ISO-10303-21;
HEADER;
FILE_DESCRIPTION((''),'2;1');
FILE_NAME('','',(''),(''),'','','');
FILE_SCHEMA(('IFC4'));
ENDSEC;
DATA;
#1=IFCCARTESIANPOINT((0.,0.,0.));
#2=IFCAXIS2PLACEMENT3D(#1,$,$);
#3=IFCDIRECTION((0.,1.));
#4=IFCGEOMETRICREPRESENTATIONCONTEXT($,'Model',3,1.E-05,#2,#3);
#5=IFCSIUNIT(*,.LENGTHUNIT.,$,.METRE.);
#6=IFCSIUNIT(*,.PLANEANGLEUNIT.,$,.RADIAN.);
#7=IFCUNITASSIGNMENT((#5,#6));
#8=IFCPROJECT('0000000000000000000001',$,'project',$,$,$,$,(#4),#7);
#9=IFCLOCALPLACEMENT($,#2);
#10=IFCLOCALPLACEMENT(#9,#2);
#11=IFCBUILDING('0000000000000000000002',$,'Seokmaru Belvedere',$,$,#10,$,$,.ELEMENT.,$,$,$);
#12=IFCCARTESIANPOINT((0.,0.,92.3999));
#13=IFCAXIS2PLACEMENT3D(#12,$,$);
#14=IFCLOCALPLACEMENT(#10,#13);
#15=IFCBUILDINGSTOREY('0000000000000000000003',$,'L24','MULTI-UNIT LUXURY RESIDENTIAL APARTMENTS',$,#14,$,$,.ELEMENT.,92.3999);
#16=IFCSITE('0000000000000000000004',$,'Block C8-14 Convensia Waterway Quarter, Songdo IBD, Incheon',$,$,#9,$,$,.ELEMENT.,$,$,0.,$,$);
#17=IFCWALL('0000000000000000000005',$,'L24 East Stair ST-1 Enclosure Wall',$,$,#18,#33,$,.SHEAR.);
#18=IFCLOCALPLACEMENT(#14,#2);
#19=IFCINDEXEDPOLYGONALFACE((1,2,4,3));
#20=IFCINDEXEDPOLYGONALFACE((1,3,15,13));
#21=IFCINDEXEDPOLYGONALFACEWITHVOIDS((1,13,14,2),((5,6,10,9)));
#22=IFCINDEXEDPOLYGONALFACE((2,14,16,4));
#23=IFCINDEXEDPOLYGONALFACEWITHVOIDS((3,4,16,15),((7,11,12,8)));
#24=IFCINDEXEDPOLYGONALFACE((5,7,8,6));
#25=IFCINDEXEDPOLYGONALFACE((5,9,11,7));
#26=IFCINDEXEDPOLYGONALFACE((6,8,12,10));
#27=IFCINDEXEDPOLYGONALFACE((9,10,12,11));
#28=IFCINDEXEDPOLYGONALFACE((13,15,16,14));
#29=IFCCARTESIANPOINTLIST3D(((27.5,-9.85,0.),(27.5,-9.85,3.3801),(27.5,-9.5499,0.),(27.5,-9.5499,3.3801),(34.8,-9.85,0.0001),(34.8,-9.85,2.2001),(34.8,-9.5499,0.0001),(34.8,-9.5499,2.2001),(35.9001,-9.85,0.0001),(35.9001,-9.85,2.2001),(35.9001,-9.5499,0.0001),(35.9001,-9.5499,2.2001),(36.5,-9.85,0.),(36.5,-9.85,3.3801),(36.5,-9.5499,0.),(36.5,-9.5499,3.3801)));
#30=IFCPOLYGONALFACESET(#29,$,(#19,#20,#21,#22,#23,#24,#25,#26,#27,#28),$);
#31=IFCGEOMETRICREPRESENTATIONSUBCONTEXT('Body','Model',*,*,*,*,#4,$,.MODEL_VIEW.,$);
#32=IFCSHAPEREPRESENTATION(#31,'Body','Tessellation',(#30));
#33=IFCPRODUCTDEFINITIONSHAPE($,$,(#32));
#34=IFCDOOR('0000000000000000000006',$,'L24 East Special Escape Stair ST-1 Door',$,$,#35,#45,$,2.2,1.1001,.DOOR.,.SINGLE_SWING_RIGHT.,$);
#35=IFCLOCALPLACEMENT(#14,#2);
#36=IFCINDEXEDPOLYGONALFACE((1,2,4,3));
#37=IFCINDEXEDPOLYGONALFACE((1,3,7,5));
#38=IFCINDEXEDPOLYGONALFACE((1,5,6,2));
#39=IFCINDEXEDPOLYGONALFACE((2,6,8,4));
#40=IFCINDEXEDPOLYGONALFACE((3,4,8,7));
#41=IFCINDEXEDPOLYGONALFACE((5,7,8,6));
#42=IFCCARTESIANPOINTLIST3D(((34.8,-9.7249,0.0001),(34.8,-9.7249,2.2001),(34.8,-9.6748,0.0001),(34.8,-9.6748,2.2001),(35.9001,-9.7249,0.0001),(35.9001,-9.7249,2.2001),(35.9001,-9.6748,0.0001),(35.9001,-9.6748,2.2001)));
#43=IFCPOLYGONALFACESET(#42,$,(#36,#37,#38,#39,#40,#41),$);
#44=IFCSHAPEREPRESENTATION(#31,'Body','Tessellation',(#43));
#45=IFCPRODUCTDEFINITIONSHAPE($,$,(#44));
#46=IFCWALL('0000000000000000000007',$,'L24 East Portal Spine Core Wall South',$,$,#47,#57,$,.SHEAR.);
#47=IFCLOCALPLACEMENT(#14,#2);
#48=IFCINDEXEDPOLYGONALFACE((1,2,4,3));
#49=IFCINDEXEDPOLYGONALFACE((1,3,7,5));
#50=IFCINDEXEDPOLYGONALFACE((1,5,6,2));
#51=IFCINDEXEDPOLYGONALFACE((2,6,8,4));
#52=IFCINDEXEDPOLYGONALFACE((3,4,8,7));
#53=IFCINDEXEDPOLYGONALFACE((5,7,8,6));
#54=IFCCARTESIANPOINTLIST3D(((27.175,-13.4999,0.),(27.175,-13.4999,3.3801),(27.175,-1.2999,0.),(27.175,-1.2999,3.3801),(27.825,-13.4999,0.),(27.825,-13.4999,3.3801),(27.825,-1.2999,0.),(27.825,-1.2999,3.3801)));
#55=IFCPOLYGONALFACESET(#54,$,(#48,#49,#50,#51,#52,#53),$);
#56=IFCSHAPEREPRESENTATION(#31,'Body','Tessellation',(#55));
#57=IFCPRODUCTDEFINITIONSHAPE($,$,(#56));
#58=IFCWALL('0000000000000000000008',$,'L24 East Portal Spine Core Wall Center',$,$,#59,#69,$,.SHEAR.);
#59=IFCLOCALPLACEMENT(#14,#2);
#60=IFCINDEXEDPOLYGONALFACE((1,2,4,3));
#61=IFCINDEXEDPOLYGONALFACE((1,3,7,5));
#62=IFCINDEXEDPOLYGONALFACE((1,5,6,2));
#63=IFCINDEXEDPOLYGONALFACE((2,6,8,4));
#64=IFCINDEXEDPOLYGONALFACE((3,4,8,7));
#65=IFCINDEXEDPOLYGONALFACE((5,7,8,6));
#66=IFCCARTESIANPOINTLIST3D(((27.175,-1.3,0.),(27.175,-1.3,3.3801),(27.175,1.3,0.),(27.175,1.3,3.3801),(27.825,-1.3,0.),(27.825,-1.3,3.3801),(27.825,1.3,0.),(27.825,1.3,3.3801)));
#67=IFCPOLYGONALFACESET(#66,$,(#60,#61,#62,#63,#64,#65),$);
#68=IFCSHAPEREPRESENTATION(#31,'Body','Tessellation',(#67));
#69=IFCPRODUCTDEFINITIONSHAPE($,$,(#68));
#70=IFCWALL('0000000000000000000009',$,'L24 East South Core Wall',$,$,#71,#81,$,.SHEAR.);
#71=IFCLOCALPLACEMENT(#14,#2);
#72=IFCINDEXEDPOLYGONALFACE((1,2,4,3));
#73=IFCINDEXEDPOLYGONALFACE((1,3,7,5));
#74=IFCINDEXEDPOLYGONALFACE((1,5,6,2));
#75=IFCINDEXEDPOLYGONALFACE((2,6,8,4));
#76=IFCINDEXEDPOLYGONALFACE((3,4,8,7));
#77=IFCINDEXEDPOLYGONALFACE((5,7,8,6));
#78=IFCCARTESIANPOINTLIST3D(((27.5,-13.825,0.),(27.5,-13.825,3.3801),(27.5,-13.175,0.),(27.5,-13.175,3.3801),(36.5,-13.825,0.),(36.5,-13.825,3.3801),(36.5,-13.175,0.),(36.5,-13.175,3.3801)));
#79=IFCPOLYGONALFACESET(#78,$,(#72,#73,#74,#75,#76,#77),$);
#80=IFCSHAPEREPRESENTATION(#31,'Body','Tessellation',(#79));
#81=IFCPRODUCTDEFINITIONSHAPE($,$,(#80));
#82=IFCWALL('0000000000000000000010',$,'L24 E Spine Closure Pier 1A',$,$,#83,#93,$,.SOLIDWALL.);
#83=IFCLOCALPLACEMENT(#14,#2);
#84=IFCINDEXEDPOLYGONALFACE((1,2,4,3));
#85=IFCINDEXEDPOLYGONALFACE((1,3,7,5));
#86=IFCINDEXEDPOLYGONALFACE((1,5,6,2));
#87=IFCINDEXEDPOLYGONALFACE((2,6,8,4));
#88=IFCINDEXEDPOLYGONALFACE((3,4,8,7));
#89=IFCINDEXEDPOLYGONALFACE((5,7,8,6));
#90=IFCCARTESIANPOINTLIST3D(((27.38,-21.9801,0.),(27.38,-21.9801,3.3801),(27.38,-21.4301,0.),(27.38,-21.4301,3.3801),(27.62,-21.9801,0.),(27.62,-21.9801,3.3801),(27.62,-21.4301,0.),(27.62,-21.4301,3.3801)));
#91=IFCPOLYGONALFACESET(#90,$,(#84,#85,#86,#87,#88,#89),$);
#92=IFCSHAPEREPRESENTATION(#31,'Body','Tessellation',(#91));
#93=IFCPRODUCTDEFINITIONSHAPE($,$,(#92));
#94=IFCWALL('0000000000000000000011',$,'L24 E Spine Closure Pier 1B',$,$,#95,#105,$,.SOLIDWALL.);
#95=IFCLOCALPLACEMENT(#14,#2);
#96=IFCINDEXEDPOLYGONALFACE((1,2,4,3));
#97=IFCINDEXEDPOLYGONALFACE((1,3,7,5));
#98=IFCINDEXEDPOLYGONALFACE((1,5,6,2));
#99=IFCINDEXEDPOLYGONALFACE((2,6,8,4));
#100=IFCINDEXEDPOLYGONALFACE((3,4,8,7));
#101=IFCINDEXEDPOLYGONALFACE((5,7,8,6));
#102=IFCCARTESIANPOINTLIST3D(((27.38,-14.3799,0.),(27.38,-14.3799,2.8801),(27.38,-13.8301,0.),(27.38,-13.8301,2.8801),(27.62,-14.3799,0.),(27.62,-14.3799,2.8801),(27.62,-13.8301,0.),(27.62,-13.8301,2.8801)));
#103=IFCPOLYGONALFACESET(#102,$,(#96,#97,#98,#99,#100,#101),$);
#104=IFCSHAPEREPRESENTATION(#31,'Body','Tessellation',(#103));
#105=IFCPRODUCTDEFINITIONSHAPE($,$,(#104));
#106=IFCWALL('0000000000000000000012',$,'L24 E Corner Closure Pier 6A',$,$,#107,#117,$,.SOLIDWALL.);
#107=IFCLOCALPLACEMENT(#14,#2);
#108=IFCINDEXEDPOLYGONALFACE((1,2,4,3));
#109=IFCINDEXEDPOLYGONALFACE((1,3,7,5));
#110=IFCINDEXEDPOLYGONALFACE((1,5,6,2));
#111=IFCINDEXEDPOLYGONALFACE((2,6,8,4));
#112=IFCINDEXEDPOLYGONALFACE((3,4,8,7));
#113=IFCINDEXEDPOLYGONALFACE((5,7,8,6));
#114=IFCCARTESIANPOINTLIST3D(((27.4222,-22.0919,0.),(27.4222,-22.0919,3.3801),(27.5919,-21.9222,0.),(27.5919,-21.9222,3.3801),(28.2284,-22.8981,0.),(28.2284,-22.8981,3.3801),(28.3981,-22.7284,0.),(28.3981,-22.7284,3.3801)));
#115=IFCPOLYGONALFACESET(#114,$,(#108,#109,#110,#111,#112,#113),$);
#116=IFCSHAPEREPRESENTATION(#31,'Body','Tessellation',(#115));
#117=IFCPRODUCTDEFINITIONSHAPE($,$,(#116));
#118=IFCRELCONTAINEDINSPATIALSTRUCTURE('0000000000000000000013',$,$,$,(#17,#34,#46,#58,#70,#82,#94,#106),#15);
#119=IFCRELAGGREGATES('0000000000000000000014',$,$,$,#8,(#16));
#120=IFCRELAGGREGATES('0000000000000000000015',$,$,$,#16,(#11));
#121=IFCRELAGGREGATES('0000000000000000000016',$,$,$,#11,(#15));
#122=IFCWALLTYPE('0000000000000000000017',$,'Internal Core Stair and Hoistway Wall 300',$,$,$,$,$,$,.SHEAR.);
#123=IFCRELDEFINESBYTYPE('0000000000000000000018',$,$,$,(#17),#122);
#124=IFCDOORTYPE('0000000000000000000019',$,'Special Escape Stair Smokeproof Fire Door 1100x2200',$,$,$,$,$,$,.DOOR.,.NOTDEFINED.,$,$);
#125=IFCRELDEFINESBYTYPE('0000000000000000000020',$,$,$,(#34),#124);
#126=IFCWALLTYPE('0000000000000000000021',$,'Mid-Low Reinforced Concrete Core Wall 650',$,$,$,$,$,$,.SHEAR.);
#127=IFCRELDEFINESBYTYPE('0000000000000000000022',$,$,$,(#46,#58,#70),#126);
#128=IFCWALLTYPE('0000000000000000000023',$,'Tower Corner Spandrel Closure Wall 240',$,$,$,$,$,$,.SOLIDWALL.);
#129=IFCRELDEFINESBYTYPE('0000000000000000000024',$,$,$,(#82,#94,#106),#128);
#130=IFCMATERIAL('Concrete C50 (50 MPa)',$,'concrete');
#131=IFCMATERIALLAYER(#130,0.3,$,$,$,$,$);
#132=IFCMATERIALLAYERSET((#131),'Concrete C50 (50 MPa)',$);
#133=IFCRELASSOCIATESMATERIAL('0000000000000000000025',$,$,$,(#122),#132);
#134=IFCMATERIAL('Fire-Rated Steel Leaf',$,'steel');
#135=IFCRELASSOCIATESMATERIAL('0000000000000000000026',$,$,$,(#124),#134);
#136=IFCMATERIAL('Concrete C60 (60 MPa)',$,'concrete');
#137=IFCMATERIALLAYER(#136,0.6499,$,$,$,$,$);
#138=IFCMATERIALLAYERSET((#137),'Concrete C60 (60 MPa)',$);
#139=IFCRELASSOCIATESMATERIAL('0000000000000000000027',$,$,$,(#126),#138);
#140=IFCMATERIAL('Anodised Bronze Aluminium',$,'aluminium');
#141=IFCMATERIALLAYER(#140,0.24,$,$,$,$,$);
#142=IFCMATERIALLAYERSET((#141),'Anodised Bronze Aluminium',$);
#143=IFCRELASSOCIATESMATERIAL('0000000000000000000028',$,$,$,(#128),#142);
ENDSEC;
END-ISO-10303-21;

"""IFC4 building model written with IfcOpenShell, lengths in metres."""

from ifc_helpers import new_model, si_unit, direction, frame, frame_2d, origin, place, context, subcontext, project, spatial, rectangle, extrude, source, transform, mapped, material, layer, layer_set, type_object, type_shapes, element, fill, save


model = new_model("IFC4")

# Units and contexts
model_context = context("Model", 3, precision=1e-05, world=origin(), true_north=direction((0.0, 1.0)))
body_context = subcontext(model_context, "Body", "Model", "MODEL_VIEW")
ifc_project = project(units=[si_unit("LENGTHUNIT", "METRE"), si_unit("PLANEANGLEUNIT", "RADIAN")], contexts=[model_context])

# Site, building, storey
site_placement = place(None, origin())
site = spatial("IfcSite", under=ifc_project, at=site_placement, Name="Block C8-14 Convensia Waterway Quarter, Songdo IBD, Incheon", CompositionType="ELEMENT", RefElevation=0.0)
building_placement = place(site_placement, origin())
building = spatial("IfcBuilding", under=site, at=building_placement, Name="Seokmaru Belvedere", CompositionType="ELEMENT")
storey_placement = place(building_placement, frame((0.0, 0.0, 92.3999)))
storey = spatial("IfcBuildingStorey", under=building, at=storey_placement, Name="L24", Description="MULTI-UNIT LUXURY RESIDENTIAL APARTMENTS", CompositionType="ELEMENT", Elevation=92.3999)

# Shared definitions
ifc_material_1 = material(Name="Anodised Bronze Aluminium", Category="aluminium")

# Shared definitions
ifc_material_2 = material(Name="Concrete C50 (50 MPa)", Category="concrete")

# Wall, opening, door
ifc_layer_1 = layer(ifc_material_2, 0.3)
ifc_layer_set_1 = layer_set([ifc_layer_1], Name="Concrete C50 (50 MPa)")
wall_type_1 = type_object("IfcWallType", Name="Internal Core Stair and Hoistway Wall 300", PredefinedType="SHEAR", material=ifc_layer_set_1)
wall_1_placement = place(storey_placement, frame((27.5, -9.7, 0.0), z_axis=(0.0, 0.0, 1.0), x_axis=(1.0, 0.0, 0.0)))
wall_1 = element("IfcWall", 1, at=wall_1_placement, inside=storey, type_object=wall_type_1, Name="L24 East Stair ST-1 Enclosure Wall", PredefinedType="SHEAR", context=body_context, shape_type="SweptSolid", body=[
    extrude(rectangle(XDim=9.0, YDim=0.3, at=frame_2d((4.5, 0.0))), origin(), (0.0, 0.0, 1.0), 3.3801),
])
opening_placement = place(wall_1_placement, frame((7.3, 0.0, 0.0)))
opening = element("IfcOpeningElement", 2, at=opening_placement, cuts=wall_1, PredefinedType="OPENING", context=body_context, shape_type="SweptSolid", body=[
    extrude(rectangle(XDim=1.1001, YDim=2.2, at=frame_2d((0.55, 1.1001))), frame((0.0, 0.1602, 0.0), z_axis=(0.0, -1.0, 0.0), x_axis=(1.0, 0.0, 0.0)), (0.0, 0.0, 1.0), 0.3201),
])
ifc_material_3 = material(Name="Fire-Rated Steel Leaf", Category="steel")
door_type = type_object("IfcDoorType", Name="Special Escape Stair Smokeproof Fire Door 1100x2200", OperationType="NOTDEFINED", PredefinedType="DOOR", material=ifc_material_3)
shared_shape_1 = source(origin(), body_context, "Body", "SweptSolid", [
    extrude(rectangle(XDim=1.1001, YDim=2.2, at=frame_2d((0.55, 1.1001))), frame((0.0, 0.0249, 0.0), z_axis=(0.0, -1.0, 0.0), x_axis=(1.0, 0.0, 0.0)), (0.0, 0.0, 1.0), 0.05),
])
type_shapes(door_type, [shared_shape_1])
door_placement = place(opening_placement, frame((1.1001, 0.0, 0.0), z_axis=(0.0, 0.0, 1.0), x_axis=(-1.0, 0.0, 0.0)))
door = element("IfcDoor", 3, at=door_placement, inside=storey, type_object=door_type, Name="L24 East Special Escape Stair ST-1 Door", OperationType="SINGLE_SWING_RIGHT", OverallHeight=2.2, OverallWidth=1.1001, PredefinedType="DOOR", context=body_context, shape_type="MappedRepresentation", body=[
    mapped(shared_shape_1, transform((0.0, 0.0, 0.0), scale=1.0)),
])
fill(opening, door)

# Walls
ifc_material_4 = material(Name="Concrete C60 (60 MPa)", Category="concrete")
ifc_layer_2 = layer(ifc_material_4, 0.6499)
ifc_layer_set_2 = layer_set([ifc_layer_2], Name="Concrete C60 (60 MPa)")
wall_type_2 = type_object("IfcWallType", Name="Mid-Low Reinforced Concrete Core Wall 650", PredefinedType="SHEAR", material=ifc_layer_set_2)
wall_2_placement = place(storey_placement, frame((27.5, -13.5, 0.0), z_axis=(0.0, 0.0, 1.0), x_axis=(0.0, 1.0, 0.0)))
element("IfcWall", 4, at=wall_2_placement, inside=storey, type_object=wall_type_2, Name="L24 East Portal Spine Core Wall South", PredefinedType="SHEAR", context=body_context, shape_type="SweptSolid", body=[
    extrude(rectangle(XDim=12.2, YDim=0.6499, at=frame_2d((6.1001, 0.0))), origin(), (0.0, 0.0, 1.0), 3.3801),
])
wall_3_placement = place(storey_placement, frame((27.5, -1.3, 0.0), z_axis=(0.0, 0.0, 1.0), x_axis=(0.0, 1.0, 0.0)))
element("IfcWall", 5, at=wall_3_placement, inside=storey, type_object=wall_type_2, Name="L24 East Portal Spine Core Wall Center", PredefinedType="SHEAR", context=body_context, shape_type="SweptSolid", body=[
    extrude(rectangle(XDim=2.6001, YDim=0.6499, at=frame_2d((1.3, 0.0))), origin(), (0.0, 0.0, 1.0), 3.3801),
])
wall_4_placement = place(storey_placement, frame((27.5, -13.5, 0.0), z_axis=(0.0, 0.0, 1.0), x_axis=(1.0, 0.0, 0.0)))
element("IfcWall", 6, at=wall_4_placement, inside=storey, type_object=wall_type_2, Name="L24 East South Core Wall", PredefinedType="SHEAR", context=body_context, shape_type="SweptSolid", body=[
    extrude(rectangle(XDim=9.0, YDim=0.6499, at=frame_2d((4.5, 0.0))), origin(), (0.0, 0.0, 1.0), 3.3801),
])
ifc_layer_3 = layer(ifc_material_1, 0.24)
ifc_layer_set_3 = layer_set([ifc_layer_3], Name="Anodised Bronze Aluminium")
wall_type_3 = type_object("IfcWallType", Name="Tower Corner Spandrel Closure Wall 240", PredefinedType="SOLIDWALL", material=ifc_layer_set_3)
wall_5_placement = place(storey_placement, frame((27.5, -21.98, 0.0), z_axis=(0.0, 0.0, 1.0), x_axis=(0.0, 1.0, 0.0)))
element("IfcWall", 7, at=wall_5_placement, inside=storey, type_object=wall_type_3, Name="L24 E Spine Closure Pier 1A", PredefinedType="SOLIDWALL", context=body_context, shape_type="SweptSolid", body=[
    extrude(rectangle(XDim=0.55, YDim=0.24, at=frame_2d((0.2749, 0.0))), origin(), (0.0, 0.0, 1.0), 3.3801),
])
wall_6_placement = place(storey_placement, frame((27.5, -14.3799, 0.0), z_axis=(0.0, 0.0, 1.0), x_axis=(0.0, 1.0, 0.0)))
element("IfcWall", 8, at=wall_6_placement, inside=storey, type_object=wall_type_3, Name="L24 E Spine Closure Pier 1B", PredefinedType="SOLIDWALL", context=body_context, shape_type="SweptSolid", body=[
    extrude(rectangle(XDim=0.5498, YDim=0.24, at=frame_2d((0.2749, 0.0))), origin(), (0.0, 0.0, 1.0), 2.8801),
])
wall_7_placement = place(storey_placement, frame((27.5071, -22.0071, 0.0), z_axis=(0.0, 0.0, 1.0), x_axis=(0.707107, -0.707107, 0.0)))
element("IfcWall", 9, at=wall_7_placement, inside=storey, type_object=wall_type_3, Name="L24 E Corner Closure Pier 6A", PredefinedType="SOLIDWALL", context=body_context, shape_type="SweptSolid", body=[
    extrude(rectangle(XDim=1.1401, YDim=0.24, at=frame_2d((0.5701, 0.0))), origin(), (0.0, 0.0, 1.0), 3.3801),
])

save(model, "model.ifc")
